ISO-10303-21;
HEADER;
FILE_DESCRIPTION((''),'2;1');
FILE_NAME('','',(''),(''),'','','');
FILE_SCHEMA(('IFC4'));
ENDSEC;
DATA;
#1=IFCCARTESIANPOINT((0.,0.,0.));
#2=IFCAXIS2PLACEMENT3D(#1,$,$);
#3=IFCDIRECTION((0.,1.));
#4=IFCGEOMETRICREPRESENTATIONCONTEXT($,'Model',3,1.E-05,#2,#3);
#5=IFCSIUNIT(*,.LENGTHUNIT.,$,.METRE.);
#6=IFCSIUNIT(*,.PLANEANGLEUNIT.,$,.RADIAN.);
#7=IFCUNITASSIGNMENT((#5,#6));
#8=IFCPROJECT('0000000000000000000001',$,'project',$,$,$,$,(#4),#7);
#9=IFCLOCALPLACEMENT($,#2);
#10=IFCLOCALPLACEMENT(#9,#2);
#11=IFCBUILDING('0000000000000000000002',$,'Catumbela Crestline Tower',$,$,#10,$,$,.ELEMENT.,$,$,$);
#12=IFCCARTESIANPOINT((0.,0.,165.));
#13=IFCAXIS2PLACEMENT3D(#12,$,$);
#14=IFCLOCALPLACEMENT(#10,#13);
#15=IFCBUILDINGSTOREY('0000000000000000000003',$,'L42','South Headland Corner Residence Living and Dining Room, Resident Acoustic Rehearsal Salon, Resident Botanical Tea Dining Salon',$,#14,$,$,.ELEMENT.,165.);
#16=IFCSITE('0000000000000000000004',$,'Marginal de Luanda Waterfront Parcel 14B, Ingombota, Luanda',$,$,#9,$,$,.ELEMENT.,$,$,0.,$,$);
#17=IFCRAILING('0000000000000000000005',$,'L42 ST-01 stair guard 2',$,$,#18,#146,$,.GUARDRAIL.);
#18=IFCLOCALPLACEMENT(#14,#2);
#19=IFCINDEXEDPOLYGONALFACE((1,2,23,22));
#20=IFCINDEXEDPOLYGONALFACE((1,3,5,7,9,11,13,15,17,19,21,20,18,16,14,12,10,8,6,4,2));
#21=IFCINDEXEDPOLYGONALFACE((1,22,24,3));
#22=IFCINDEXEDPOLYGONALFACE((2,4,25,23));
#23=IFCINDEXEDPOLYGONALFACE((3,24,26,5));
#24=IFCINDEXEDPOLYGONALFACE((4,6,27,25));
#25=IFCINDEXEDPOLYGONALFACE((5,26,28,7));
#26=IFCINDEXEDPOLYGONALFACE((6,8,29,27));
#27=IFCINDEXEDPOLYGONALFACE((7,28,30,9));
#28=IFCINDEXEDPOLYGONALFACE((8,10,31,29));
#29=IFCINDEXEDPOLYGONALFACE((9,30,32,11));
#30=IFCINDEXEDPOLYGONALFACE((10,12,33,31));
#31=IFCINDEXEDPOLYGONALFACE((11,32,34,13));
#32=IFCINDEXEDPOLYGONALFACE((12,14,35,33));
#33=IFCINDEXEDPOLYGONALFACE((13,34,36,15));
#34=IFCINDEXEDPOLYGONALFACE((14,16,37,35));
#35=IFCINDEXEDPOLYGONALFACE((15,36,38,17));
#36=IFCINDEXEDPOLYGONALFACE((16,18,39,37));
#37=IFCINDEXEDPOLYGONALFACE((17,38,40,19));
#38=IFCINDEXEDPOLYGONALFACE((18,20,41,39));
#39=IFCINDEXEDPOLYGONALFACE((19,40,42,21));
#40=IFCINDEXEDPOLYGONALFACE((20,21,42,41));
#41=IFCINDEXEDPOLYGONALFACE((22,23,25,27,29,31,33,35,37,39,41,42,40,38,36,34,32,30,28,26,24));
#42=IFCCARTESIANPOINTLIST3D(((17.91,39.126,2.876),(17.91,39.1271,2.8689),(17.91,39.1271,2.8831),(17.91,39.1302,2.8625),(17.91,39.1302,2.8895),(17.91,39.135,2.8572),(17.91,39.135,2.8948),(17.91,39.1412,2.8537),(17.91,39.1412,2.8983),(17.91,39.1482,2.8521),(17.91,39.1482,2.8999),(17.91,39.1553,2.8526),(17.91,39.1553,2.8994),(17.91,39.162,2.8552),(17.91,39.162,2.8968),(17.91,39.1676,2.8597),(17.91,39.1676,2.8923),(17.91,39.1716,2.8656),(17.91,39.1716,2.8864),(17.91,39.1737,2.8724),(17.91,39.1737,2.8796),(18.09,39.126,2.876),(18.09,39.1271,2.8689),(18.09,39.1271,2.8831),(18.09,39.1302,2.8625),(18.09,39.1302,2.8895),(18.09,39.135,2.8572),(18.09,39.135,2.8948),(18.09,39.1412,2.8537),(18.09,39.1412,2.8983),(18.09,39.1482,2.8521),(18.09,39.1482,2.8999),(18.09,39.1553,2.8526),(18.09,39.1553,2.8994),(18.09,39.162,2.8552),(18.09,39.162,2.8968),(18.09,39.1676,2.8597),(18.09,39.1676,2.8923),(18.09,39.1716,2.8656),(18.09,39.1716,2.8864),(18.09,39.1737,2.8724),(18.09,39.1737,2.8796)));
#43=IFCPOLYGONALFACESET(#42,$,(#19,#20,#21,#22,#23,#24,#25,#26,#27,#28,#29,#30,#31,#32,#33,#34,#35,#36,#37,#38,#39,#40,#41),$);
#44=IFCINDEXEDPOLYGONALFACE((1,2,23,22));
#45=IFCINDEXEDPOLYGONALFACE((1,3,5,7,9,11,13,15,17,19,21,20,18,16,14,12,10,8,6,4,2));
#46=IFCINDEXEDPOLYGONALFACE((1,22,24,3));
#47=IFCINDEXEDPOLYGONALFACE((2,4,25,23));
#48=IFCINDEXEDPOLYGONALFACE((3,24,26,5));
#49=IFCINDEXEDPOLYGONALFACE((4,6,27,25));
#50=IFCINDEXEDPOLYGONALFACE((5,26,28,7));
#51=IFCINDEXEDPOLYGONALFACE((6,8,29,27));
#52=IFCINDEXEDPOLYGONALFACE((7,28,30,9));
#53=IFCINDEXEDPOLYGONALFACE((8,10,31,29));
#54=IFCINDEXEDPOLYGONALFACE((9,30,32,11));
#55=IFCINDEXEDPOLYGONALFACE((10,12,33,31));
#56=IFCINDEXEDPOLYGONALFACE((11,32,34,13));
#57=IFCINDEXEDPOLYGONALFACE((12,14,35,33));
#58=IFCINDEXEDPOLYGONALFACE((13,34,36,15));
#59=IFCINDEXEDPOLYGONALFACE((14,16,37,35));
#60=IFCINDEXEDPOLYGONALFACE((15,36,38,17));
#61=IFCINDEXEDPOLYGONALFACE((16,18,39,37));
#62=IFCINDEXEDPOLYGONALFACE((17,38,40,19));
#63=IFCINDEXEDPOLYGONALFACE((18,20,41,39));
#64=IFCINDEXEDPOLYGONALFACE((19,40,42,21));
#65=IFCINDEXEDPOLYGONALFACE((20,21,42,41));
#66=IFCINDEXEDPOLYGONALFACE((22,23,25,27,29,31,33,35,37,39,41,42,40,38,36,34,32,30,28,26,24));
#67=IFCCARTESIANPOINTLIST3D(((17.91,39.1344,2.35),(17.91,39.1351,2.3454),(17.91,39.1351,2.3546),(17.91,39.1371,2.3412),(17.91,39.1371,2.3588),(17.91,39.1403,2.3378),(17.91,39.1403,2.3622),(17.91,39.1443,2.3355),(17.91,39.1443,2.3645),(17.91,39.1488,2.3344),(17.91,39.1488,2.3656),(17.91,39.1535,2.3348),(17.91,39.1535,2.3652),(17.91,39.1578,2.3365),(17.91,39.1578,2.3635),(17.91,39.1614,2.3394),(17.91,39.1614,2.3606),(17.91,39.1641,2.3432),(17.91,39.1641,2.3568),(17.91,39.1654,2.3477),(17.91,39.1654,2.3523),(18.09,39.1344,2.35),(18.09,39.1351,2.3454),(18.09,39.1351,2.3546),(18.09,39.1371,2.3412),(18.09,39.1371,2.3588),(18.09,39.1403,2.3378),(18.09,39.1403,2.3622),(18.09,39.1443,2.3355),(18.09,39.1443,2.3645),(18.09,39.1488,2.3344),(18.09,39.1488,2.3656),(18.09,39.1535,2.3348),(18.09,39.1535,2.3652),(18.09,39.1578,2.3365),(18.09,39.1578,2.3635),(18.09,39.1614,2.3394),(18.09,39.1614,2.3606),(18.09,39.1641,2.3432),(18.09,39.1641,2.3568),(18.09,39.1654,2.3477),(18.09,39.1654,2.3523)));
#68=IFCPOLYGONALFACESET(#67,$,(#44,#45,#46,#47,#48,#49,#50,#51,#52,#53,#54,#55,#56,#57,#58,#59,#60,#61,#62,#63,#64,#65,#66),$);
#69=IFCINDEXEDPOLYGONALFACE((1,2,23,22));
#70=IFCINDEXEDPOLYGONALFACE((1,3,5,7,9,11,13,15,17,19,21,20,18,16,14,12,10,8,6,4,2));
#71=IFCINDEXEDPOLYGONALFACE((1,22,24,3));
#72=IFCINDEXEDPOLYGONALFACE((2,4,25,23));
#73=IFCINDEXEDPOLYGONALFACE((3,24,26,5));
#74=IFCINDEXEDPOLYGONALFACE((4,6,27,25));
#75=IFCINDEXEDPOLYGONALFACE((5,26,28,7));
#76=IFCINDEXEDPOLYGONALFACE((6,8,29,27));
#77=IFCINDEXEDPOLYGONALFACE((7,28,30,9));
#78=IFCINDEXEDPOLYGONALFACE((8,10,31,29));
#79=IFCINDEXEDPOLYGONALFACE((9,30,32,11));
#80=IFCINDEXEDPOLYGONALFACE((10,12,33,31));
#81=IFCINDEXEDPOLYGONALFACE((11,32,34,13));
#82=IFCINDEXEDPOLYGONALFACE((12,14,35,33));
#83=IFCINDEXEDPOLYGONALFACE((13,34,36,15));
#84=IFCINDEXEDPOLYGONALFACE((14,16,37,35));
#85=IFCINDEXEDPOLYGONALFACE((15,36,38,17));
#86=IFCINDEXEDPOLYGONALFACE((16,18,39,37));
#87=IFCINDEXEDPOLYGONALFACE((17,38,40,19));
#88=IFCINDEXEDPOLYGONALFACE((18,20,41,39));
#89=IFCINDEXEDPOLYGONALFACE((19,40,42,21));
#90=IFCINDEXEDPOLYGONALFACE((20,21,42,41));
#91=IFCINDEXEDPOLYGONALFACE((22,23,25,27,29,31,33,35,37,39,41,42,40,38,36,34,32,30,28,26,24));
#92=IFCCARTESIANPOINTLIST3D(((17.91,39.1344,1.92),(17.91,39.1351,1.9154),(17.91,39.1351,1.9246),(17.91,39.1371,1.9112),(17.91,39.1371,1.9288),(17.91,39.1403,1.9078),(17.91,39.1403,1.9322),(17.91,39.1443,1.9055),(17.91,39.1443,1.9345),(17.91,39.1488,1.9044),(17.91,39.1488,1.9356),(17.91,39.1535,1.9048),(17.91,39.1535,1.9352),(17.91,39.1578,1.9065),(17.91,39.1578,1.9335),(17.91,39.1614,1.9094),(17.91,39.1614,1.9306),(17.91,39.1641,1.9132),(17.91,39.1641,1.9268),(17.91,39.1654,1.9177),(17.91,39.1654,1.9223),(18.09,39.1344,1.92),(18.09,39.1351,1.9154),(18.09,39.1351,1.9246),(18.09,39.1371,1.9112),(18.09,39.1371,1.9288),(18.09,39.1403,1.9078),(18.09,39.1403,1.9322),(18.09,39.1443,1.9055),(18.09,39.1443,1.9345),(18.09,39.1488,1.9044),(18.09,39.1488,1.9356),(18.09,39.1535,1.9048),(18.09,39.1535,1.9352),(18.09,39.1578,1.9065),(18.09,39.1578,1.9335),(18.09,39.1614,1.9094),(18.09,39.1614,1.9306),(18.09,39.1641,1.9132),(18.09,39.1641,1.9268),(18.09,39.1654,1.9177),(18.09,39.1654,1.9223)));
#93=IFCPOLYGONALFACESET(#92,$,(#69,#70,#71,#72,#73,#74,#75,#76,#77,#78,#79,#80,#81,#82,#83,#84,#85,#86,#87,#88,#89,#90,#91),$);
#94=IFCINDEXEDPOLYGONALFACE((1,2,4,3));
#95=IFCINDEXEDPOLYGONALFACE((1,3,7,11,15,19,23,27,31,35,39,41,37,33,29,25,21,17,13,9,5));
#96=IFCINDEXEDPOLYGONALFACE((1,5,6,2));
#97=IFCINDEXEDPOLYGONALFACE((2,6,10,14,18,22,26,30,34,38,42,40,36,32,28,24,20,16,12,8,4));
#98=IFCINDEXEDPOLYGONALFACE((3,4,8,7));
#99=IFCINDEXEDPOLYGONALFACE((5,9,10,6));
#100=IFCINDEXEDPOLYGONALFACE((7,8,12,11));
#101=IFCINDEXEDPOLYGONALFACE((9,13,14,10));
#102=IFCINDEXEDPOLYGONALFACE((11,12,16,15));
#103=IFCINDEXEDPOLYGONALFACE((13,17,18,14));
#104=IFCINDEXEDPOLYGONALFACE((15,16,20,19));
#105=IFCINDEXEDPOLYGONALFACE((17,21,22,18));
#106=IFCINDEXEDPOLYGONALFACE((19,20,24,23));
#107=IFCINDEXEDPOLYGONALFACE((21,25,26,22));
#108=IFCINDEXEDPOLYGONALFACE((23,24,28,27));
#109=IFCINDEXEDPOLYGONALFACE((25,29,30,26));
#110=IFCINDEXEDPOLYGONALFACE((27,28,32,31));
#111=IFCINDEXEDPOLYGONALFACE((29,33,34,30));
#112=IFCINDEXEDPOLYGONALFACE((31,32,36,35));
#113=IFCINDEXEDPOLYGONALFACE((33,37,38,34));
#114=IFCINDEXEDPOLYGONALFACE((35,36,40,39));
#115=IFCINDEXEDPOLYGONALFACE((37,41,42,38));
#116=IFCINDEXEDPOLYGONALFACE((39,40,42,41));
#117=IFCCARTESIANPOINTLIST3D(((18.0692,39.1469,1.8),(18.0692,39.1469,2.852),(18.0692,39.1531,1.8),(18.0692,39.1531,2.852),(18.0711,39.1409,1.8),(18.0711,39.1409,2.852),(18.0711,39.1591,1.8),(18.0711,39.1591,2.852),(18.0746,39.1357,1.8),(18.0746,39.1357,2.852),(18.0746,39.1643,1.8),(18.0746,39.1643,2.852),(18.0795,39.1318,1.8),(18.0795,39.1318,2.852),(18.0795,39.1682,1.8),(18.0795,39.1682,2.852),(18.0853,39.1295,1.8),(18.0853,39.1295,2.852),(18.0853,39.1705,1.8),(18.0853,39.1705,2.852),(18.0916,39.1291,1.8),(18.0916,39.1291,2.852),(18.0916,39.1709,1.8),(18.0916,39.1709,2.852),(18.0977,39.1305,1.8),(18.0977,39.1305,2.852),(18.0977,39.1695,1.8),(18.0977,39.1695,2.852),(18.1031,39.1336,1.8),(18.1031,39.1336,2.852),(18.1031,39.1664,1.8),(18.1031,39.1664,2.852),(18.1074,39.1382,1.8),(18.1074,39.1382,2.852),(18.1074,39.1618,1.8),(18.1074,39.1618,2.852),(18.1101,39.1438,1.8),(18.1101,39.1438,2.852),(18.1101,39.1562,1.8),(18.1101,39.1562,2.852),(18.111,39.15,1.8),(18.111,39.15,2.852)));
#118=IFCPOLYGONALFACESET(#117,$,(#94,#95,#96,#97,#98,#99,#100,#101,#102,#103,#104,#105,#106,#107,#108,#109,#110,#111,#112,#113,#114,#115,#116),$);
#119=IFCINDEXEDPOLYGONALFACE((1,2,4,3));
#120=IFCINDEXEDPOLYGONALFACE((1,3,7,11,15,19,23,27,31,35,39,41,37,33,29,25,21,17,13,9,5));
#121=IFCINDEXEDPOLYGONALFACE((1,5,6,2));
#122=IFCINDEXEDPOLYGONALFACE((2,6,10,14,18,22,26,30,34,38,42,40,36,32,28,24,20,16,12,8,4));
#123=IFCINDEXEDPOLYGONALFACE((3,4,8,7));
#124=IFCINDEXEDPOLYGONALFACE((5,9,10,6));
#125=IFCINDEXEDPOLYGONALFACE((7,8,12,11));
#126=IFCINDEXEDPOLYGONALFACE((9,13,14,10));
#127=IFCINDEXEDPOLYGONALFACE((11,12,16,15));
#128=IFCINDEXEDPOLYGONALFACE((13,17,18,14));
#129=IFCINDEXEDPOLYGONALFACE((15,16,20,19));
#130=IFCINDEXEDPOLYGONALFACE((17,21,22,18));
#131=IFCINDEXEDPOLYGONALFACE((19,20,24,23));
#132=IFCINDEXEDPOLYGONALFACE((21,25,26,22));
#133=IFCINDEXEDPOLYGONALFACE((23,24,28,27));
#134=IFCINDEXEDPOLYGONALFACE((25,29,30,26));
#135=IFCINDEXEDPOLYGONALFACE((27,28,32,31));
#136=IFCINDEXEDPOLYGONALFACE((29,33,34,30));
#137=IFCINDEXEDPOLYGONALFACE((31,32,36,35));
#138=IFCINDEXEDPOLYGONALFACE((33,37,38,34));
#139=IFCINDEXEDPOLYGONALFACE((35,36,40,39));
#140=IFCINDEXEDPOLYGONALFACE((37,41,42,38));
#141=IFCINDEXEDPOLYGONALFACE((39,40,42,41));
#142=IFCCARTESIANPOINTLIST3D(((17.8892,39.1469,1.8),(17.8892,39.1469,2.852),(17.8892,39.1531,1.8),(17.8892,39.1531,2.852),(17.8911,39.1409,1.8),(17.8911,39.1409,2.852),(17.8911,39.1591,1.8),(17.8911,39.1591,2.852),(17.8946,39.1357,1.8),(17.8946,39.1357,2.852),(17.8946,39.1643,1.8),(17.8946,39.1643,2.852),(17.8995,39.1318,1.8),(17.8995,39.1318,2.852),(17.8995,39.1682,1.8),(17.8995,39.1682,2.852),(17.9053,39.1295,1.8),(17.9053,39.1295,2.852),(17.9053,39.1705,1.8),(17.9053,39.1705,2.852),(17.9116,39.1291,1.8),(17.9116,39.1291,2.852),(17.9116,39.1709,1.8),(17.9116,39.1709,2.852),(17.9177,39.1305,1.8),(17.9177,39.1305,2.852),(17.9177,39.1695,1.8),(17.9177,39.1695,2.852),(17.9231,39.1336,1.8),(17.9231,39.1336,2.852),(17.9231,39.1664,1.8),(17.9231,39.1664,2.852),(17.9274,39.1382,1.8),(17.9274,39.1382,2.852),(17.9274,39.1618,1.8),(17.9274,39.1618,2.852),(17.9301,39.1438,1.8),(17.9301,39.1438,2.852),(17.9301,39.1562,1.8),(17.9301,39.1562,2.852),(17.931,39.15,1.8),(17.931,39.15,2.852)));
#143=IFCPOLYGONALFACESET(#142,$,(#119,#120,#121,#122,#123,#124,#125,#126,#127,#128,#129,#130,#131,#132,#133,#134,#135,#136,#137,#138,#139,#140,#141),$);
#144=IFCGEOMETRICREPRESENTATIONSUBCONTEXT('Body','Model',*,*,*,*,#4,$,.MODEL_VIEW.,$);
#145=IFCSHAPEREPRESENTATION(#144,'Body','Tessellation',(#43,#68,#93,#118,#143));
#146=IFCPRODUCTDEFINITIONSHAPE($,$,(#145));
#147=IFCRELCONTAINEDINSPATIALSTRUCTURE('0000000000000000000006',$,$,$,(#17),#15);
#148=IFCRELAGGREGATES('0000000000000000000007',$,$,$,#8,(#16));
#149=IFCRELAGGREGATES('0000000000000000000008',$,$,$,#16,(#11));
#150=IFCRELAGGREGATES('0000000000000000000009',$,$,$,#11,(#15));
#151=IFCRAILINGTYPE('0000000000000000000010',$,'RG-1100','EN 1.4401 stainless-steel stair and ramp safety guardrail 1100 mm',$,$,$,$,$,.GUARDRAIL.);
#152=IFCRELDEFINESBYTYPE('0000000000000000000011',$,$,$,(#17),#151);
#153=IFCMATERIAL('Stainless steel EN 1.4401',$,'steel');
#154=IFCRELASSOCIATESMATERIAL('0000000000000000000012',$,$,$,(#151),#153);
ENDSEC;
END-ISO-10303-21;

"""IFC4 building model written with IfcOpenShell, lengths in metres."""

from ifc_helpers import new_model, si_unit, direction, frame, origin, origin_2d, place, context, subcontext, project, spatial, circle, extrude, material, type_object, element, save


model = new_model("IFC4")

# Units and contexts
model_context = context("Model", 3, precision=1e-05, world=origin(), true_north=direction((0.0, 1.0)))
body_context = subcontext(model_context, "Body", "Model", "MODEL_VIEW")
ifc_project = project(units=[si_unit("LENGTHUNIT", "METRE"), si_unit("PLANEANGLEUNIT", "RADIAN")], contexts=[model_context])

# Site, building, storey
site_placement = place(None, origin())
site = spatial("IfcSite", under=ifc_project, at=site_placement, Name="Marginal de Luanda Waterfront Parcel 14B, Ingombota, Luanda", CompositionType="ELEMENT", RefElevation=0.0)
building_placement = place(site_placement, origin())
building = spatial("IfcBuilding", under=site, at=building_placement, Name="Catumbela Crestline Tower", CompositionType="ELEMENT")
storey_placement = place(building_placement, frame((0.0, 0.0, 165.0)))
storey = spatial("IfcBuildingStorey", under=building, at=storey_placement, Name="L42", Description="South Headland Corner Residence Living and Dining Room, Resident Acoustic Rehearsal Salon, Resident Botanical Tea Dining Salon", CompositionType="ELEMENT", Elevation=165.0)

# Shared definitions
ifc_material_1 = material(Name="Stainless steel EN 1.4401", Category="steel")

# Railing
railing_type_1 = type_object("IfcRailingType", Name="RG-1100", Description="EN 1.4401 stainless-steel stair and ramp safety guardrail 1100 mm", PredefinedType="GUARDRAIL", material=ifc_material_1)
railing_1_placement = place(storey_placement, frame((18.09, 39.15, 1.8)))
element("IfcRailing", 1, at=railing_1_placement, inside=storey, type_object=railing_type_1, Name="L42 ST-01 stair guard 2", PredefinedType="GUARDRAIL", context=body_context, shape_type="SweptSolid", body=[
    extrude(circle(Radius=0.024, at=origin_2d()), frame((0.0, 0.0, 1.076), z_axis=(-1.0, 0.0, 0.0), x_axis=(0.0, -1.0, 0.0)), (0.0, 0.0, 1.0), 0.18),
    extrude(circle(Radius=0.0156, at=origin_2d()), frame((0.0, 0.0, 0.55), z_axis=(-1.0, 0.0, 0.0), x_axis=(0.0, -1.0, 0.0)), (0.0, 0.0, 1.0), 0.18),
    extrude(circle(Radius=0.0156, at=origin_2d()), frame((0.0, 0.0, 0.12), z_axis=(-1.0, 0.0, 0.0), x_axis=(0.0, -1.0, 0.0)), (0.0, 0.0, 1.0), 0.18),
    extrude(circle(Radius=0.021, at=origin_2d()), origin(), (0.0, 0.0, 1.0), 1.052),
    extrude(circle(Radius=0.021, at=origin_2d()), frame((-0.18, 0.0, 0.0)), (0.0, 0.0, 1.0), 1.052),
])

save(model, "model.ifc")
